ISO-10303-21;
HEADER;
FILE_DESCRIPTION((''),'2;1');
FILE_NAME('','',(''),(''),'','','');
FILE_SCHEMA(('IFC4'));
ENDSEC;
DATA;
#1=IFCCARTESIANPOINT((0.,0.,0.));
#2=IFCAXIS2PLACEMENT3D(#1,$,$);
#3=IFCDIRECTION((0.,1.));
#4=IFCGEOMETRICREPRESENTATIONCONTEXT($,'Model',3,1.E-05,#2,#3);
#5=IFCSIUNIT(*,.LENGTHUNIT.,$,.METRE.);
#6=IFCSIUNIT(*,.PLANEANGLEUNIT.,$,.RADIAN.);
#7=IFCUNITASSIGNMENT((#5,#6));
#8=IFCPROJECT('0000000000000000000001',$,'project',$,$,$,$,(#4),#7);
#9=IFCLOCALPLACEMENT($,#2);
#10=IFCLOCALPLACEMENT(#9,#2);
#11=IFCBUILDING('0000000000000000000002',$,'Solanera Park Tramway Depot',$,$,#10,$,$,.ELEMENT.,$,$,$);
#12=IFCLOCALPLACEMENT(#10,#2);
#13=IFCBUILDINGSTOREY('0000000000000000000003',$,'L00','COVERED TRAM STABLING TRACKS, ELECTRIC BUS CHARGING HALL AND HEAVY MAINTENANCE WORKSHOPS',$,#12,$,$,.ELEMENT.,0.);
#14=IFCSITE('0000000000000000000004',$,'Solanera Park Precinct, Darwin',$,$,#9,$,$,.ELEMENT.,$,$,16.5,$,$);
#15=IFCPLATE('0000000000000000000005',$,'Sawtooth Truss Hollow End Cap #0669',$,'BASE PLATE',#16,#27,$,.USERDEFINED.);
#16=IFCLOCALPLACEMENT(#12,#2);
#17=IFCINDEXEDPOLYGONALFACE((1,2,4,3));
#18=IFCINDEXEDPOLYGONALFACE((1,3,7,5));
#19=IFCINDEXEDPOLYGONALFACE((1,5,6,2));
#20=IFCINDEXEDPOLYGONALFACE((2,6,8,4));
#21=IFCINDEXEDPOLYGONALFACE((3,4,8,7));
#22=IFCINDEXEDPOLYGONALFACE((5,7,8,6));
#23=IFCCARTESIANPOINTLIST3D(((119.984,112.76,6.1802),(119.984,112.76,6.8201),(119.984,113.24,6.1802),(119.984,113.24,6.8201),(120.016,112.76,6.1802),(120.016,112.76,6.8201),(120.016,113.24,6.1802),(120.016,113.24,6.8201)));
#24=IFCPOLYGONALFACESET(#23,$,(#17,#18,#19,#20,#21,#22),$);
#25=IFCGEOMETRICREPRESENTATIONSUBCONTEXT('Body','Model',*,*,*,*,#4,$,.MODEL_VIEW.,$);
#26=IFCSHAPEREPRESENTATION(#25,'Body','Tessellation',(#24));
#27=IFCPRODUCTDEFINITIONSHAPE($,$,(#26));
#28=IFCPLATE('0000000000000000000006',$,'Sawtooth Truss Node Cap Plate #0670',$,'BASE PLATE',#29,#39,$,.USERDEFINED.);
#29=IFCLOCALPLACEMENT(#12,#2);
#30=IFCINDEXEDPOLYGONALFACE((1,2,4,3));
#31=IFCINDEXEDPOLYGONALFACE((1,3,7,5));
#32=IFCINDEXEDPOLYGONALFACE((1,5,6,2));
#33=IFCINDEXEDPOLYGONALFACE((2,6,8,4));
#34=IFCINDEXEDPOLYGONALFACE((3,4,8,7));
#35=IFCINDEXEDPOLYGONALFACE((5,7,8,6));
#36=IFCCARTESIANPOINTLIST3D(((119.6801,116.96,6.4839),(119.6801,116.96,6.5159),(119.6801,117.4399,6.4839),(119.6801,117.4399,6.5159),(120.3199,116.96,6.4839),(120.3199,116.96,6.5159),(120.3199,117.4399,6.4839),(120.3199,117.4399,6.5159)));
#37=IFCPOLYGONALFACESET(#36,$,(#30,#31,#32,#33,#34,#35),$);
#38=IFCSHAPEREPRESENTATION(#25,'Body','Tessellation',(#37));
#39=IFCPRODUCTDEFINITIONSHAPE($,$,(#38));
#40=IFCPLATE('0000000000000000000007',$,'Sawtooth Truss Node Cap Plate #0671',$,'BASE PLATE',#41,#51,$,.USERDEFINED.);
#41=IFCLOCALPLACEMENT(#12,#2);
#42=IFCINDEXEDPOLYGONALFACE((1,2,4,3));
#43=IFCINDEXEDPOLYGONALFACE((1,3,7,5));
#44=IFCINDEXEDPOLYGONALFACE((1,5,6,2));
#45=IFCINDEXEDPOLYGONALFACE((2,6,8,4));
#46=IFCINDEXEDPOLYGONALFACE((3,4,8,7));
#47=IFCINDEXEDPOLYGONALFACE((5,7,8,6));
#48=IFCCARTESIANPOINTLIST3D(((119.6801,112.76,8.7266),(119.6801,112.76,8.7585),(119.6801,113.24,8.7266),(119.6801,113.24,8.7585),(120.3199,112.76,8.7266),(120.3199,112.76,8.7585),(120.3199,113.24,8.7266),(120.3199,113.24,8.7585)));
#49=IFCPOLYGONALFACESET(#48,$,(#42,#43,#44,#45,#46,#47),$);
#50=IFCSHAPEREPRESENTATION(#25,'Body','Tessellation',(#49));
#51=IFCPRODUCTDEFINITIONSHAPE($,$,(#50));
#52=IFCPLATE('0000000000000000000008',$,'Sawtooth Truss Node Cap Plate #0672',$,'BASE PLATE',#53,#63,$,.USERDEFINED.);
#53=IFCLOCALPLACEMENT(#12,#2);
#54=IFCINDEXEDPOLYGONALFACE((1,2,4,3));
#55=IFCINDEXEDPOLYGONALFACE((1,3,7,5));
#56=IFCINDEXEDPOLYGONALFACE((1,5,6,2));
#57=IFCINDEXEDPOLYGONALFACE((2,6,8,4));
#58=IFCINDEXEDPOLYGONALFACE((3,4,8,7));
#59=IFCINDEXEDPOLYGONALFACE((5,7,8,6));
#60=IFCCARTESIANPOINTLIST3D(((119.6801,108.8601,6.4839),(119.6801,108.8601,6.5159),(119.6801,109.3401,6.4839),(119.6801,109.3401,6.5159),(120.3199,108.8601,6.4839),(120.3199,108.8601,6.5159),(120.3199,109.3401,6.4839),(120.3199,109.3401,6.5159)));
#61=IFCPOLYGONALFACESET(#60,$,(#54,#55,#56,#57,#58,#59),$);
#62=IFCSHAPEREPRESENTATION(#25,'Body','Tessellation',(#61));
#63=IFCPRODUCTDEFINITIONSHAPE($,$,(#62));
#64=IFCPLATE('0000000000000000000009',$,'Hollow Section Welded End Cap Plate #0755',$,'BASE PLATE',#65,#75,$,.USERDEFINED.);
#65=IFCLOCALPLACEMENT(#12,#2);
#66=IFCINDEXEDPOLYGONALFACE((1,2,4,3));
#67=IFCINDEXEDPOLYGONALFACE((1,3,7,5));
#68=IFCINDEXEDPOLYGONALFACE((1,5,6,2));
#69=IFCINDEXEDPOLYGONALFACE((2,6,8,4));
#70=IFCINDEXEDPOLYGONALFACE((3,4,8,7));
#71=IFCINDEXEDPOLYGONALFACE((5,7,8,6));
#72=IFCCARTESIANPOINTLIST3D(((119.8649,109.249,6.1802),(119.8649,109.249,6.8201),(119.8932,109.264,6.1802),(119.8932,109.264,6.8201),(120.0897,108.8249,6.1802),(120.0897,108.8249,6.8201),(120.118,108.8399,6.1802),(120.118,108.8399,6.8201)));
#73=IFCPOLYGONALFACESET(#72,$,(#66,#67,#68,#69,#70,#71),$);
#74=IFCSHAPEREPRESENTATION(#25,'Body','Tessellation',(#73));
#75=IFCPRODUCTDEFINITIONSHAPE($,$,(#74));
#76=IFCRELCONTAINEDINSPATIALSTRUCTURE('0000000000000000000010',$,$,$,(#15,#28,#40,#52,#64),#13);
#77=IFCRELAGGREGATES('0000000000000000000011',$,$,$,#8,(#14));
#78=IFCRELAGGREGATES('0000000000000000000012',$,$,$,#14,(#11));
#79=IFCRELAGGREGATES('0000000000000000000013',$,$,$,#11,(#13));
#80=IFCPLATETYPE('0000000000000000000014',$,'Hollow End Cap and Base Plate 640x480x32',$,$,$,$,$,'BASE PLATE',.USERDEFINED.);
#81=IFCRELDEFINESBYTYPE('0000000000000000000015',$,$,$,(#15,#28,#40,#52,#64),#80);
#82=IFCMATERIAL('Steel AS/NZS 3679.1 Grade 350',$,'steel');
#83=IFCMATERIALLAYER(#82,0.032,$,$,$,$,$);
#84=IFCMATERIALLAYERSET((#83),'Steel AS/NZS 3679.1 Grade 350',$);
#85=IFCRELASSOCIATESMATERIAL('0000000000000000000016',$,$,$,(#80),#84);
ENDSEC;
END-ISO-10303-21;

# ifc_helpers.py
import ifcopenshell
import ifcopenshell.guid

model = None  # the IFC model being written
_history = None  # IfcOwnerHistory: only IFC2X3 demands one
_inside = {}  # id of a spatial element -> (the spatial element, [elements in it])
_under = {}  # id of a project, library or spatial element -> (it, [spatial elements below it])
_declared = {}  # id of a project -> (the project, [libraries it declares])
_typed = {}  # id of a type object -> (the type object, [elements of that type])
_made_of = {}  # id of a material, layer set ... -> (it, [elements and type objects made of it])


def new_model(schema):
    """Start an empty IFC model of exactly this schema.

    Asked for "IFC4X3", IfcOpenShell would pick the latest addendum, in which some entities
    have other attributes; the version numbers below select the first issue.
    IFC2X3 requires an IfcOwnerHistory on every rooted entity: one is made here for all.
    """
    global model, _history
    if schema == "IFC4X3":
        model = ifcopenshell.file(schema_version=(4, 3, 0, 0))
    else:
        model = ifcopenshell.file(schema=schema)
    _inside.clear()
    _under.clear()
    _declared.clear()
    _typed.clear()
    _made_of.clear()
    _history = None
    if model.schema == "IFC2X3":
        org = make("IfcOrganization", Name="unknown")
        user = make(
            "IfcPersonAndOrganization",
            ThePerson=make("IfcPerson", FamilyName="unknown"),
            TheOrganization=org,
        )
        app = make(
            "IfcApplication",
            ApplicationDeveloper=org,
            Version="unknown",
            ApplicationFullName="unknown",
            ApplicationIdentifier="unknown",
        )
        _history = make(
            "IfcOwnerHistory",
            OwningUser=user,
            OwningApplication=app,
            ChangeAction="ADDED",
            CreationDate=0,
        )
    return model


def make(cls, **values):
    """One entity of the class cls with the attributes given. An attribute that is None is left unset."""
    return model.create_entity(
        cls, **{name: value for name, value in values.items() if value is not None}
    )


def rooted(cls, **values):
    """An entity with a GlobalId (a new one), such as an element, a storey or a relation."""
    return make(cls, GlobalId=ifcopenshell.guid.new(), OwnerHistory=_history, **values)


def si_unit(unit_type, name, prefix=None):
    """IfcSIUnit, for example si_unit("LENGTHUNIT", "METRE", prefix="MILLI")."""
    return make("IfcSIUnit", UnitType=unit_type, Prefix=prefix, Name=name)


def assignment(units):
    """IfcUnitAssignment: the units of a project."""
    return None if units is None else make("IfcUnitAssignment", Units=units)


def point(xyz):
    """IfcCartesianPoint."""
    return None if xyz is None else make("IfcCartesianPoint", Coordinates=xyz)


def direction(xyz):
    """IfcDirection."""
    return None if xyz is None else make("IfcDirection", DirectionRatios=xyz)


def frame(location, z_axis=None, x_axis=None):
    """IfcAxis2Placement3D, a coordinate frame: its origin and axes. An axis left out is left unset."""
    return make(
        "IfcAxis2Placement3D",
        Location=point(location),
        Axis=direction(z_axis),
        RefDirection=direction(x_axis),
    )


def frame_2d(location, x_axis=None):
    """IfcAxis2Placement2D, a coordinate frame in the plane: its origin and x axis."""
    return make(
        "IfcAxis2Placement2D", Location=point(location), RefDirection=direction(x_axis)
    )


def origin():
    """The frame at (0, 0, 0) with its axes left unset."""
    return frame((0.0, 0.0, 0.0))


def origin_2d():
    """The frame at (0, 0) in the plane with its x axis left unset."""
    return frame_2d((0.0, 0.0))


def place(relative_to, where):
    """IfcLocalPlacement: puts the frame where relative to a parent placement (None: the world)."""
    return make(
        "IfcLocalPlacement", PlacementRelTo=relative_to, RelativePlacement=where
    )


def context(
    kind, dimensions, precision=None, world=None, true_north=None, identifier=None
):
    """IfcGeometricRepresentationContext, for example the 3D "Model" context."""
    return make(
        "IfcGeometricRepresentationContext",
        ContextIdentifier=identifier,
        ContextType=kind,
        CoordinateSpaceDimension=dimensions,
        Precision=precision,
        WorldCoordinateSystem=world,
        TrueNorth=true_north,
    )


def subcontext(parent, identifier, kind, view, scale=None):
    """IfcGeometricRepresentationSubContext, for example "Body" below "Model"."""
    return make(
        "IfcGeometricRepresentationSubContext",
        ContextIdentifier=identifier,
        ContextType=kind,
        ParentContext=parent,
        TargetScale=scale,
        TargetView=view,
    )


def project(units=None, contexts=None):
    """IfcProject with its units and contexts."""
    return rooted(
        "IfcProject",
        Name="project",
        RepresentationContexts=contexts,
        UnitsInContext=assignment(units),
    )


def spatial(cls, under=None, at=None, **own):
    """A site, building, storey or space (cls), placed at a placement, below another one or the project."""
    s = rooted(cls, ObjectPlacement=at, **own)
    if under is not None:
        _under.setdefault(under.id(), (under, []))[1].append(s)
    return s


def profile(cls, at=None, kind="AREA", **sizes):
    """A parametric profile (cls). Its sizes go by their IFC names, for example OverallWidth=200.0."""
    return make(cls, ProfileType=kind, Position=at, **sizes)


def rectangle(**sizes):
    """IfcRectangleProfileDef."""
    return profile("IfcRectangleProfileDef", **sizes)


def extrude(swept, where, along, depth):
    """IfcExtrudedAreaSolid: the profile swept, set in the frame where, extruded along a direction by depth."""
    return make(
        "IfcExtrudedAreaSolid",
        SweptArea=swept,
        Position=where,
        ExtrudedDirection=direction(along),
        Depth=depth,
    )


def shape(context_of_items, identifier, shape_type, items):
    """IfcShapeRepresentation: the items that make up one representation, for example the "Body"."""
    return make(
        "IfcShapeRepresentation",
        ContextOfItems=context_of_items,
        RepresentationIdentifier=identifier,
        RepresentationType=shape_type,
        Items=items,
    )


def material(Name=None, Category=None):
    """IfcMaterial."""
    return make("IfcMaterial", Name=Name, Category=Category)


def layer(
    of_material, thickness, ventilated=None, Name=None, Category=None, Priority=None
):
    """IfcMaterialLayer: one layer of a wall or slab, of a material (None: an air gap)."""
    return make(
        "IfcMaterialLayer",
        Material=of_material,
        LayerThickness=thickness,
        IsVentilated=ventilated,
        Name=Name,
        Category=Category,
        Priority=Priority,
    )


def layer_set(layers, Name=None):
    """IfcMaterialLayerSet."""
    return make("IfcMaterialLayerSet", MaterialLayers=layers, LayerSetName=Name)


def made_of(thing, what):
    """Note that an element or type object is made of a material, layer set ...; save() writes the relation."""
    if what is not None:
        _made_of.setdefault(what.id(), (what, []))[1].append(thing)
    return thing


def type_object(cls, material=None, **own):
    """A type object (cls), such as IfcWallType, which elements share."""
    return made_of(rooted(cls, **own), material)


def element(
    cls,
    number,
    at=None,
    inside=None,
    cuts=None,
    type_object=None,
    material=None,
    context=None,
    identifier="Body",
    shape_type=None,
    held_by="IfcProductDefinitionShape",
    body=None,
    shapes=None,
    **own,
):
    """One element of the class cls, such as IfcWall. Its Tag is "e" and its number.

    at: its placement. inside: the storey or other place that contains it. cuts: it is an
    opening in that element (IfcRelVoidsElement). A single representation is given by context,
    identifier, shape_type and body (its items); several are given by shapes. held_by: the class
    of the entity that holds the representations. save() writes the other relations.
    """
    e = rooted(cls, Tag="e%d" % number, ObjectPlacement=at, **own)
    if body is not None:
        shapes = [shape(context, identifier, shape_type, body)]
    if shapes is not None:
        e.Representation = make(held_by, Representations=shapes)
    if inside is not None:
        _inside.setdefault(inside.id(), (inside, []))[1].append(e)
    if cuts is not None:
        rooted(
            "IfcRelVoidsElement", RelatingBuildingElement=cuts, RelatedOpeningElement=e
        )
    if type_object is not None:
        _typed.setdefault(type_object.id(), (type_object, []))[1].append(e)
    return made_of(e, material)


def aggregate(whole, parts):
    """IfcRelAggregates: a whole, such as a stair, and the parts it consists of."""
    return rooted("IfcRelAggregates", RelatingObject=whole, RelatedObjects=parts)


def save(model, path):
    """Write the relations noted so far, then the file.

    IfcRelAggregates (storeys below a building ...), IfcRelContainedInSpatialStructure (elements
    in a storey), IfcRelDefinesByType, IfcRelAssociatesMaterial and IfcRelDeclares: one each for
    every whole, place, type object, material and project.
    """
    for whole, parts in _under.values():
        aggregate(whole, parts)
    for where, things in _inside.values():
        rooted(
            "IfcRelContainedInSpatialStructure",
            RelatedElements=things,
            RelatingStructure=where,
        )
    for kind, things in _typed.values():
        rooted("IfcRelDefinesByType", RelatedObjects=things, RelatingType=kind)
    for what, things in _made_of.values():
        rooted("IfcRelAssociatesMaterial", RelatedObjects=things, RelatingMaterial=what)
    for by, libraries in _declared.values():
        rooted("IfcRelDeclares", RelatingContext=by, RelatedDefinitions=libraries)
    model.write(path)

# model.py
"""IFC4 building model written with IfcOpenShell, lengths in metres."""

from ifc_helpers import new_model, si_unit, direction, frame, origin, origin_2d, place, context, subcontext, project, spatial, rectangle, extrude, material, layer, layer_set, type_object, element, save


model = new_model("IFC4")

# Units and contexts
model_context = context("Model", 3, precision=1e-05, world=origin(), true_north=direction((0.0, 1.0)))
body_context = subcontext(model_context, "Body", "Model", "MODEL_VIEW")
ifc_project = project(units=[si_unit("LENGTHUNIT", "METRE"), si_unit("PLANEANGLEUNIT", "RADIAN")], contexts=[model_context])

# Site, building, storey
site_placement = place(None, origin())
site = spatial("IfcSite", under=ifc_project, at=site_placement, Name="Solanera Park Precinct, Darwin", CompositionType="ELEMENT", RefElevation=16.5)
building_placement = place(site_placement, origin())
building = spatial("IfcBuilding", under=site, at=building_placement, Name="Solanera Park Tramway Depot", CompositionType="ELEMENT")
storey_placement = place(building_placement, origin())
storey = spatial("IfcBuildingStorey", under=building, at=storey_placement, Name="L00", Description="COVERED TRAM STABLING TRACKS, ELECTRIC BUS CHARGING HALL AND HEAVY MAINTENANCE WORKSHOPS", CompositionType="ELEMENT", Elevation=0.0)

# Plates
ifc_material_1 = material(Name="Steel AS/NZS 3679.1 Grade 350", Category="steel")
ifc_layer_1 = layer(ifc_material_1, 0.032)
ifc_layer_set_1 = layer_set([ifc_layer_1], Name="Steel AS/NZS 3679.1 Grade 350")
plate_type_1 = type_object("IfcPlateType", Name="Hollow End Cap and Base Plate 640x480x32", ElementType="BASE PLATE", PredefinedType="USERDEFINED", material=ifc_layer_set_1)
plate_1_placement = place(storey_placement, frame((120.0, 113.0, 6.1802), z_axis=(0.0, 0.0, 1.0), x_axis=(1.0, 0.0, 0.0)))
element("IfcPlate", 1, at=plate_1_placement, inside=storey, type_object=plate_type_1, Name="Sawtooth Truss Hollow End Cap #0669", ObjectType="BASE PLATE", PredefinedType="USERDEFINED", context=body_context, shape_type="SweptSolid", body=[
    extrude(rectangle(XDim=0.032, YDim=0.48, at=origin_2d()), origin(), (0.0, 0.0, 1.0), 0.6399),
])
for number, where, z_axis, x_axis, name in (
    (2, (120.0, 117.2, 6.4839), (0.0, 0.0, 1.0), (1.0, 0.0, 0.0), "Sawtooth Truss Node Cap Plate #0670"),
    (3, (120.0, 113.0, 8.7266), (0.0, 0.0, 1.0), (1.0, 0.0, 0.0), "Sawtooth Truss Node Cap Plate #0671"),
    (4, (120.0, 109.1001, 6.4839), (0.0, 0.0, 1.0), (1.0, 0.0, 0.0), "Sawtooth Truss Node Cap Plate #0672"),
):
    element("IfcPlate", number, at=place(storey_placement, frame(where, z_axis=z_axis, x_axis=x_axis)), inside=storey, type_object=plate_type_1, Name=name, ObjectType="BASE PLATE", PredefinedType="USERDEFINED", context=body_context, shape_type="SweptSolid", body=[
        extrude(rectangle(XDim=0.6399, YDim=0.48, at=origin_2d()), origin(), (0.0, 0.0, 1.0), 0.032),
    ])
plate_2_placement = place(storey_placement, frame((119.9915, 109.0444, 6.1802), z_axis=(0.0, 0.0, 1.0), x_axis=(0.883521, 0.468392, 0.0)))
element("IfcPlate", 5, at=plate_2_placement, inside=storey, type_object=plate_type_1, Name="Hollow Section Welded End Cap Plate #0755", ObjectType="BASE PLATE", PredefinedType="USERDEFINED", context=body_context, shape_type="SweptSolid", body=[
    extrude(rectangle(XDim=0.032, YDim=0.48, at=origin_2d()), origin(), (0.0, 0.0, 1.0), 0.6399),
])

save(model, "model.ifc")
